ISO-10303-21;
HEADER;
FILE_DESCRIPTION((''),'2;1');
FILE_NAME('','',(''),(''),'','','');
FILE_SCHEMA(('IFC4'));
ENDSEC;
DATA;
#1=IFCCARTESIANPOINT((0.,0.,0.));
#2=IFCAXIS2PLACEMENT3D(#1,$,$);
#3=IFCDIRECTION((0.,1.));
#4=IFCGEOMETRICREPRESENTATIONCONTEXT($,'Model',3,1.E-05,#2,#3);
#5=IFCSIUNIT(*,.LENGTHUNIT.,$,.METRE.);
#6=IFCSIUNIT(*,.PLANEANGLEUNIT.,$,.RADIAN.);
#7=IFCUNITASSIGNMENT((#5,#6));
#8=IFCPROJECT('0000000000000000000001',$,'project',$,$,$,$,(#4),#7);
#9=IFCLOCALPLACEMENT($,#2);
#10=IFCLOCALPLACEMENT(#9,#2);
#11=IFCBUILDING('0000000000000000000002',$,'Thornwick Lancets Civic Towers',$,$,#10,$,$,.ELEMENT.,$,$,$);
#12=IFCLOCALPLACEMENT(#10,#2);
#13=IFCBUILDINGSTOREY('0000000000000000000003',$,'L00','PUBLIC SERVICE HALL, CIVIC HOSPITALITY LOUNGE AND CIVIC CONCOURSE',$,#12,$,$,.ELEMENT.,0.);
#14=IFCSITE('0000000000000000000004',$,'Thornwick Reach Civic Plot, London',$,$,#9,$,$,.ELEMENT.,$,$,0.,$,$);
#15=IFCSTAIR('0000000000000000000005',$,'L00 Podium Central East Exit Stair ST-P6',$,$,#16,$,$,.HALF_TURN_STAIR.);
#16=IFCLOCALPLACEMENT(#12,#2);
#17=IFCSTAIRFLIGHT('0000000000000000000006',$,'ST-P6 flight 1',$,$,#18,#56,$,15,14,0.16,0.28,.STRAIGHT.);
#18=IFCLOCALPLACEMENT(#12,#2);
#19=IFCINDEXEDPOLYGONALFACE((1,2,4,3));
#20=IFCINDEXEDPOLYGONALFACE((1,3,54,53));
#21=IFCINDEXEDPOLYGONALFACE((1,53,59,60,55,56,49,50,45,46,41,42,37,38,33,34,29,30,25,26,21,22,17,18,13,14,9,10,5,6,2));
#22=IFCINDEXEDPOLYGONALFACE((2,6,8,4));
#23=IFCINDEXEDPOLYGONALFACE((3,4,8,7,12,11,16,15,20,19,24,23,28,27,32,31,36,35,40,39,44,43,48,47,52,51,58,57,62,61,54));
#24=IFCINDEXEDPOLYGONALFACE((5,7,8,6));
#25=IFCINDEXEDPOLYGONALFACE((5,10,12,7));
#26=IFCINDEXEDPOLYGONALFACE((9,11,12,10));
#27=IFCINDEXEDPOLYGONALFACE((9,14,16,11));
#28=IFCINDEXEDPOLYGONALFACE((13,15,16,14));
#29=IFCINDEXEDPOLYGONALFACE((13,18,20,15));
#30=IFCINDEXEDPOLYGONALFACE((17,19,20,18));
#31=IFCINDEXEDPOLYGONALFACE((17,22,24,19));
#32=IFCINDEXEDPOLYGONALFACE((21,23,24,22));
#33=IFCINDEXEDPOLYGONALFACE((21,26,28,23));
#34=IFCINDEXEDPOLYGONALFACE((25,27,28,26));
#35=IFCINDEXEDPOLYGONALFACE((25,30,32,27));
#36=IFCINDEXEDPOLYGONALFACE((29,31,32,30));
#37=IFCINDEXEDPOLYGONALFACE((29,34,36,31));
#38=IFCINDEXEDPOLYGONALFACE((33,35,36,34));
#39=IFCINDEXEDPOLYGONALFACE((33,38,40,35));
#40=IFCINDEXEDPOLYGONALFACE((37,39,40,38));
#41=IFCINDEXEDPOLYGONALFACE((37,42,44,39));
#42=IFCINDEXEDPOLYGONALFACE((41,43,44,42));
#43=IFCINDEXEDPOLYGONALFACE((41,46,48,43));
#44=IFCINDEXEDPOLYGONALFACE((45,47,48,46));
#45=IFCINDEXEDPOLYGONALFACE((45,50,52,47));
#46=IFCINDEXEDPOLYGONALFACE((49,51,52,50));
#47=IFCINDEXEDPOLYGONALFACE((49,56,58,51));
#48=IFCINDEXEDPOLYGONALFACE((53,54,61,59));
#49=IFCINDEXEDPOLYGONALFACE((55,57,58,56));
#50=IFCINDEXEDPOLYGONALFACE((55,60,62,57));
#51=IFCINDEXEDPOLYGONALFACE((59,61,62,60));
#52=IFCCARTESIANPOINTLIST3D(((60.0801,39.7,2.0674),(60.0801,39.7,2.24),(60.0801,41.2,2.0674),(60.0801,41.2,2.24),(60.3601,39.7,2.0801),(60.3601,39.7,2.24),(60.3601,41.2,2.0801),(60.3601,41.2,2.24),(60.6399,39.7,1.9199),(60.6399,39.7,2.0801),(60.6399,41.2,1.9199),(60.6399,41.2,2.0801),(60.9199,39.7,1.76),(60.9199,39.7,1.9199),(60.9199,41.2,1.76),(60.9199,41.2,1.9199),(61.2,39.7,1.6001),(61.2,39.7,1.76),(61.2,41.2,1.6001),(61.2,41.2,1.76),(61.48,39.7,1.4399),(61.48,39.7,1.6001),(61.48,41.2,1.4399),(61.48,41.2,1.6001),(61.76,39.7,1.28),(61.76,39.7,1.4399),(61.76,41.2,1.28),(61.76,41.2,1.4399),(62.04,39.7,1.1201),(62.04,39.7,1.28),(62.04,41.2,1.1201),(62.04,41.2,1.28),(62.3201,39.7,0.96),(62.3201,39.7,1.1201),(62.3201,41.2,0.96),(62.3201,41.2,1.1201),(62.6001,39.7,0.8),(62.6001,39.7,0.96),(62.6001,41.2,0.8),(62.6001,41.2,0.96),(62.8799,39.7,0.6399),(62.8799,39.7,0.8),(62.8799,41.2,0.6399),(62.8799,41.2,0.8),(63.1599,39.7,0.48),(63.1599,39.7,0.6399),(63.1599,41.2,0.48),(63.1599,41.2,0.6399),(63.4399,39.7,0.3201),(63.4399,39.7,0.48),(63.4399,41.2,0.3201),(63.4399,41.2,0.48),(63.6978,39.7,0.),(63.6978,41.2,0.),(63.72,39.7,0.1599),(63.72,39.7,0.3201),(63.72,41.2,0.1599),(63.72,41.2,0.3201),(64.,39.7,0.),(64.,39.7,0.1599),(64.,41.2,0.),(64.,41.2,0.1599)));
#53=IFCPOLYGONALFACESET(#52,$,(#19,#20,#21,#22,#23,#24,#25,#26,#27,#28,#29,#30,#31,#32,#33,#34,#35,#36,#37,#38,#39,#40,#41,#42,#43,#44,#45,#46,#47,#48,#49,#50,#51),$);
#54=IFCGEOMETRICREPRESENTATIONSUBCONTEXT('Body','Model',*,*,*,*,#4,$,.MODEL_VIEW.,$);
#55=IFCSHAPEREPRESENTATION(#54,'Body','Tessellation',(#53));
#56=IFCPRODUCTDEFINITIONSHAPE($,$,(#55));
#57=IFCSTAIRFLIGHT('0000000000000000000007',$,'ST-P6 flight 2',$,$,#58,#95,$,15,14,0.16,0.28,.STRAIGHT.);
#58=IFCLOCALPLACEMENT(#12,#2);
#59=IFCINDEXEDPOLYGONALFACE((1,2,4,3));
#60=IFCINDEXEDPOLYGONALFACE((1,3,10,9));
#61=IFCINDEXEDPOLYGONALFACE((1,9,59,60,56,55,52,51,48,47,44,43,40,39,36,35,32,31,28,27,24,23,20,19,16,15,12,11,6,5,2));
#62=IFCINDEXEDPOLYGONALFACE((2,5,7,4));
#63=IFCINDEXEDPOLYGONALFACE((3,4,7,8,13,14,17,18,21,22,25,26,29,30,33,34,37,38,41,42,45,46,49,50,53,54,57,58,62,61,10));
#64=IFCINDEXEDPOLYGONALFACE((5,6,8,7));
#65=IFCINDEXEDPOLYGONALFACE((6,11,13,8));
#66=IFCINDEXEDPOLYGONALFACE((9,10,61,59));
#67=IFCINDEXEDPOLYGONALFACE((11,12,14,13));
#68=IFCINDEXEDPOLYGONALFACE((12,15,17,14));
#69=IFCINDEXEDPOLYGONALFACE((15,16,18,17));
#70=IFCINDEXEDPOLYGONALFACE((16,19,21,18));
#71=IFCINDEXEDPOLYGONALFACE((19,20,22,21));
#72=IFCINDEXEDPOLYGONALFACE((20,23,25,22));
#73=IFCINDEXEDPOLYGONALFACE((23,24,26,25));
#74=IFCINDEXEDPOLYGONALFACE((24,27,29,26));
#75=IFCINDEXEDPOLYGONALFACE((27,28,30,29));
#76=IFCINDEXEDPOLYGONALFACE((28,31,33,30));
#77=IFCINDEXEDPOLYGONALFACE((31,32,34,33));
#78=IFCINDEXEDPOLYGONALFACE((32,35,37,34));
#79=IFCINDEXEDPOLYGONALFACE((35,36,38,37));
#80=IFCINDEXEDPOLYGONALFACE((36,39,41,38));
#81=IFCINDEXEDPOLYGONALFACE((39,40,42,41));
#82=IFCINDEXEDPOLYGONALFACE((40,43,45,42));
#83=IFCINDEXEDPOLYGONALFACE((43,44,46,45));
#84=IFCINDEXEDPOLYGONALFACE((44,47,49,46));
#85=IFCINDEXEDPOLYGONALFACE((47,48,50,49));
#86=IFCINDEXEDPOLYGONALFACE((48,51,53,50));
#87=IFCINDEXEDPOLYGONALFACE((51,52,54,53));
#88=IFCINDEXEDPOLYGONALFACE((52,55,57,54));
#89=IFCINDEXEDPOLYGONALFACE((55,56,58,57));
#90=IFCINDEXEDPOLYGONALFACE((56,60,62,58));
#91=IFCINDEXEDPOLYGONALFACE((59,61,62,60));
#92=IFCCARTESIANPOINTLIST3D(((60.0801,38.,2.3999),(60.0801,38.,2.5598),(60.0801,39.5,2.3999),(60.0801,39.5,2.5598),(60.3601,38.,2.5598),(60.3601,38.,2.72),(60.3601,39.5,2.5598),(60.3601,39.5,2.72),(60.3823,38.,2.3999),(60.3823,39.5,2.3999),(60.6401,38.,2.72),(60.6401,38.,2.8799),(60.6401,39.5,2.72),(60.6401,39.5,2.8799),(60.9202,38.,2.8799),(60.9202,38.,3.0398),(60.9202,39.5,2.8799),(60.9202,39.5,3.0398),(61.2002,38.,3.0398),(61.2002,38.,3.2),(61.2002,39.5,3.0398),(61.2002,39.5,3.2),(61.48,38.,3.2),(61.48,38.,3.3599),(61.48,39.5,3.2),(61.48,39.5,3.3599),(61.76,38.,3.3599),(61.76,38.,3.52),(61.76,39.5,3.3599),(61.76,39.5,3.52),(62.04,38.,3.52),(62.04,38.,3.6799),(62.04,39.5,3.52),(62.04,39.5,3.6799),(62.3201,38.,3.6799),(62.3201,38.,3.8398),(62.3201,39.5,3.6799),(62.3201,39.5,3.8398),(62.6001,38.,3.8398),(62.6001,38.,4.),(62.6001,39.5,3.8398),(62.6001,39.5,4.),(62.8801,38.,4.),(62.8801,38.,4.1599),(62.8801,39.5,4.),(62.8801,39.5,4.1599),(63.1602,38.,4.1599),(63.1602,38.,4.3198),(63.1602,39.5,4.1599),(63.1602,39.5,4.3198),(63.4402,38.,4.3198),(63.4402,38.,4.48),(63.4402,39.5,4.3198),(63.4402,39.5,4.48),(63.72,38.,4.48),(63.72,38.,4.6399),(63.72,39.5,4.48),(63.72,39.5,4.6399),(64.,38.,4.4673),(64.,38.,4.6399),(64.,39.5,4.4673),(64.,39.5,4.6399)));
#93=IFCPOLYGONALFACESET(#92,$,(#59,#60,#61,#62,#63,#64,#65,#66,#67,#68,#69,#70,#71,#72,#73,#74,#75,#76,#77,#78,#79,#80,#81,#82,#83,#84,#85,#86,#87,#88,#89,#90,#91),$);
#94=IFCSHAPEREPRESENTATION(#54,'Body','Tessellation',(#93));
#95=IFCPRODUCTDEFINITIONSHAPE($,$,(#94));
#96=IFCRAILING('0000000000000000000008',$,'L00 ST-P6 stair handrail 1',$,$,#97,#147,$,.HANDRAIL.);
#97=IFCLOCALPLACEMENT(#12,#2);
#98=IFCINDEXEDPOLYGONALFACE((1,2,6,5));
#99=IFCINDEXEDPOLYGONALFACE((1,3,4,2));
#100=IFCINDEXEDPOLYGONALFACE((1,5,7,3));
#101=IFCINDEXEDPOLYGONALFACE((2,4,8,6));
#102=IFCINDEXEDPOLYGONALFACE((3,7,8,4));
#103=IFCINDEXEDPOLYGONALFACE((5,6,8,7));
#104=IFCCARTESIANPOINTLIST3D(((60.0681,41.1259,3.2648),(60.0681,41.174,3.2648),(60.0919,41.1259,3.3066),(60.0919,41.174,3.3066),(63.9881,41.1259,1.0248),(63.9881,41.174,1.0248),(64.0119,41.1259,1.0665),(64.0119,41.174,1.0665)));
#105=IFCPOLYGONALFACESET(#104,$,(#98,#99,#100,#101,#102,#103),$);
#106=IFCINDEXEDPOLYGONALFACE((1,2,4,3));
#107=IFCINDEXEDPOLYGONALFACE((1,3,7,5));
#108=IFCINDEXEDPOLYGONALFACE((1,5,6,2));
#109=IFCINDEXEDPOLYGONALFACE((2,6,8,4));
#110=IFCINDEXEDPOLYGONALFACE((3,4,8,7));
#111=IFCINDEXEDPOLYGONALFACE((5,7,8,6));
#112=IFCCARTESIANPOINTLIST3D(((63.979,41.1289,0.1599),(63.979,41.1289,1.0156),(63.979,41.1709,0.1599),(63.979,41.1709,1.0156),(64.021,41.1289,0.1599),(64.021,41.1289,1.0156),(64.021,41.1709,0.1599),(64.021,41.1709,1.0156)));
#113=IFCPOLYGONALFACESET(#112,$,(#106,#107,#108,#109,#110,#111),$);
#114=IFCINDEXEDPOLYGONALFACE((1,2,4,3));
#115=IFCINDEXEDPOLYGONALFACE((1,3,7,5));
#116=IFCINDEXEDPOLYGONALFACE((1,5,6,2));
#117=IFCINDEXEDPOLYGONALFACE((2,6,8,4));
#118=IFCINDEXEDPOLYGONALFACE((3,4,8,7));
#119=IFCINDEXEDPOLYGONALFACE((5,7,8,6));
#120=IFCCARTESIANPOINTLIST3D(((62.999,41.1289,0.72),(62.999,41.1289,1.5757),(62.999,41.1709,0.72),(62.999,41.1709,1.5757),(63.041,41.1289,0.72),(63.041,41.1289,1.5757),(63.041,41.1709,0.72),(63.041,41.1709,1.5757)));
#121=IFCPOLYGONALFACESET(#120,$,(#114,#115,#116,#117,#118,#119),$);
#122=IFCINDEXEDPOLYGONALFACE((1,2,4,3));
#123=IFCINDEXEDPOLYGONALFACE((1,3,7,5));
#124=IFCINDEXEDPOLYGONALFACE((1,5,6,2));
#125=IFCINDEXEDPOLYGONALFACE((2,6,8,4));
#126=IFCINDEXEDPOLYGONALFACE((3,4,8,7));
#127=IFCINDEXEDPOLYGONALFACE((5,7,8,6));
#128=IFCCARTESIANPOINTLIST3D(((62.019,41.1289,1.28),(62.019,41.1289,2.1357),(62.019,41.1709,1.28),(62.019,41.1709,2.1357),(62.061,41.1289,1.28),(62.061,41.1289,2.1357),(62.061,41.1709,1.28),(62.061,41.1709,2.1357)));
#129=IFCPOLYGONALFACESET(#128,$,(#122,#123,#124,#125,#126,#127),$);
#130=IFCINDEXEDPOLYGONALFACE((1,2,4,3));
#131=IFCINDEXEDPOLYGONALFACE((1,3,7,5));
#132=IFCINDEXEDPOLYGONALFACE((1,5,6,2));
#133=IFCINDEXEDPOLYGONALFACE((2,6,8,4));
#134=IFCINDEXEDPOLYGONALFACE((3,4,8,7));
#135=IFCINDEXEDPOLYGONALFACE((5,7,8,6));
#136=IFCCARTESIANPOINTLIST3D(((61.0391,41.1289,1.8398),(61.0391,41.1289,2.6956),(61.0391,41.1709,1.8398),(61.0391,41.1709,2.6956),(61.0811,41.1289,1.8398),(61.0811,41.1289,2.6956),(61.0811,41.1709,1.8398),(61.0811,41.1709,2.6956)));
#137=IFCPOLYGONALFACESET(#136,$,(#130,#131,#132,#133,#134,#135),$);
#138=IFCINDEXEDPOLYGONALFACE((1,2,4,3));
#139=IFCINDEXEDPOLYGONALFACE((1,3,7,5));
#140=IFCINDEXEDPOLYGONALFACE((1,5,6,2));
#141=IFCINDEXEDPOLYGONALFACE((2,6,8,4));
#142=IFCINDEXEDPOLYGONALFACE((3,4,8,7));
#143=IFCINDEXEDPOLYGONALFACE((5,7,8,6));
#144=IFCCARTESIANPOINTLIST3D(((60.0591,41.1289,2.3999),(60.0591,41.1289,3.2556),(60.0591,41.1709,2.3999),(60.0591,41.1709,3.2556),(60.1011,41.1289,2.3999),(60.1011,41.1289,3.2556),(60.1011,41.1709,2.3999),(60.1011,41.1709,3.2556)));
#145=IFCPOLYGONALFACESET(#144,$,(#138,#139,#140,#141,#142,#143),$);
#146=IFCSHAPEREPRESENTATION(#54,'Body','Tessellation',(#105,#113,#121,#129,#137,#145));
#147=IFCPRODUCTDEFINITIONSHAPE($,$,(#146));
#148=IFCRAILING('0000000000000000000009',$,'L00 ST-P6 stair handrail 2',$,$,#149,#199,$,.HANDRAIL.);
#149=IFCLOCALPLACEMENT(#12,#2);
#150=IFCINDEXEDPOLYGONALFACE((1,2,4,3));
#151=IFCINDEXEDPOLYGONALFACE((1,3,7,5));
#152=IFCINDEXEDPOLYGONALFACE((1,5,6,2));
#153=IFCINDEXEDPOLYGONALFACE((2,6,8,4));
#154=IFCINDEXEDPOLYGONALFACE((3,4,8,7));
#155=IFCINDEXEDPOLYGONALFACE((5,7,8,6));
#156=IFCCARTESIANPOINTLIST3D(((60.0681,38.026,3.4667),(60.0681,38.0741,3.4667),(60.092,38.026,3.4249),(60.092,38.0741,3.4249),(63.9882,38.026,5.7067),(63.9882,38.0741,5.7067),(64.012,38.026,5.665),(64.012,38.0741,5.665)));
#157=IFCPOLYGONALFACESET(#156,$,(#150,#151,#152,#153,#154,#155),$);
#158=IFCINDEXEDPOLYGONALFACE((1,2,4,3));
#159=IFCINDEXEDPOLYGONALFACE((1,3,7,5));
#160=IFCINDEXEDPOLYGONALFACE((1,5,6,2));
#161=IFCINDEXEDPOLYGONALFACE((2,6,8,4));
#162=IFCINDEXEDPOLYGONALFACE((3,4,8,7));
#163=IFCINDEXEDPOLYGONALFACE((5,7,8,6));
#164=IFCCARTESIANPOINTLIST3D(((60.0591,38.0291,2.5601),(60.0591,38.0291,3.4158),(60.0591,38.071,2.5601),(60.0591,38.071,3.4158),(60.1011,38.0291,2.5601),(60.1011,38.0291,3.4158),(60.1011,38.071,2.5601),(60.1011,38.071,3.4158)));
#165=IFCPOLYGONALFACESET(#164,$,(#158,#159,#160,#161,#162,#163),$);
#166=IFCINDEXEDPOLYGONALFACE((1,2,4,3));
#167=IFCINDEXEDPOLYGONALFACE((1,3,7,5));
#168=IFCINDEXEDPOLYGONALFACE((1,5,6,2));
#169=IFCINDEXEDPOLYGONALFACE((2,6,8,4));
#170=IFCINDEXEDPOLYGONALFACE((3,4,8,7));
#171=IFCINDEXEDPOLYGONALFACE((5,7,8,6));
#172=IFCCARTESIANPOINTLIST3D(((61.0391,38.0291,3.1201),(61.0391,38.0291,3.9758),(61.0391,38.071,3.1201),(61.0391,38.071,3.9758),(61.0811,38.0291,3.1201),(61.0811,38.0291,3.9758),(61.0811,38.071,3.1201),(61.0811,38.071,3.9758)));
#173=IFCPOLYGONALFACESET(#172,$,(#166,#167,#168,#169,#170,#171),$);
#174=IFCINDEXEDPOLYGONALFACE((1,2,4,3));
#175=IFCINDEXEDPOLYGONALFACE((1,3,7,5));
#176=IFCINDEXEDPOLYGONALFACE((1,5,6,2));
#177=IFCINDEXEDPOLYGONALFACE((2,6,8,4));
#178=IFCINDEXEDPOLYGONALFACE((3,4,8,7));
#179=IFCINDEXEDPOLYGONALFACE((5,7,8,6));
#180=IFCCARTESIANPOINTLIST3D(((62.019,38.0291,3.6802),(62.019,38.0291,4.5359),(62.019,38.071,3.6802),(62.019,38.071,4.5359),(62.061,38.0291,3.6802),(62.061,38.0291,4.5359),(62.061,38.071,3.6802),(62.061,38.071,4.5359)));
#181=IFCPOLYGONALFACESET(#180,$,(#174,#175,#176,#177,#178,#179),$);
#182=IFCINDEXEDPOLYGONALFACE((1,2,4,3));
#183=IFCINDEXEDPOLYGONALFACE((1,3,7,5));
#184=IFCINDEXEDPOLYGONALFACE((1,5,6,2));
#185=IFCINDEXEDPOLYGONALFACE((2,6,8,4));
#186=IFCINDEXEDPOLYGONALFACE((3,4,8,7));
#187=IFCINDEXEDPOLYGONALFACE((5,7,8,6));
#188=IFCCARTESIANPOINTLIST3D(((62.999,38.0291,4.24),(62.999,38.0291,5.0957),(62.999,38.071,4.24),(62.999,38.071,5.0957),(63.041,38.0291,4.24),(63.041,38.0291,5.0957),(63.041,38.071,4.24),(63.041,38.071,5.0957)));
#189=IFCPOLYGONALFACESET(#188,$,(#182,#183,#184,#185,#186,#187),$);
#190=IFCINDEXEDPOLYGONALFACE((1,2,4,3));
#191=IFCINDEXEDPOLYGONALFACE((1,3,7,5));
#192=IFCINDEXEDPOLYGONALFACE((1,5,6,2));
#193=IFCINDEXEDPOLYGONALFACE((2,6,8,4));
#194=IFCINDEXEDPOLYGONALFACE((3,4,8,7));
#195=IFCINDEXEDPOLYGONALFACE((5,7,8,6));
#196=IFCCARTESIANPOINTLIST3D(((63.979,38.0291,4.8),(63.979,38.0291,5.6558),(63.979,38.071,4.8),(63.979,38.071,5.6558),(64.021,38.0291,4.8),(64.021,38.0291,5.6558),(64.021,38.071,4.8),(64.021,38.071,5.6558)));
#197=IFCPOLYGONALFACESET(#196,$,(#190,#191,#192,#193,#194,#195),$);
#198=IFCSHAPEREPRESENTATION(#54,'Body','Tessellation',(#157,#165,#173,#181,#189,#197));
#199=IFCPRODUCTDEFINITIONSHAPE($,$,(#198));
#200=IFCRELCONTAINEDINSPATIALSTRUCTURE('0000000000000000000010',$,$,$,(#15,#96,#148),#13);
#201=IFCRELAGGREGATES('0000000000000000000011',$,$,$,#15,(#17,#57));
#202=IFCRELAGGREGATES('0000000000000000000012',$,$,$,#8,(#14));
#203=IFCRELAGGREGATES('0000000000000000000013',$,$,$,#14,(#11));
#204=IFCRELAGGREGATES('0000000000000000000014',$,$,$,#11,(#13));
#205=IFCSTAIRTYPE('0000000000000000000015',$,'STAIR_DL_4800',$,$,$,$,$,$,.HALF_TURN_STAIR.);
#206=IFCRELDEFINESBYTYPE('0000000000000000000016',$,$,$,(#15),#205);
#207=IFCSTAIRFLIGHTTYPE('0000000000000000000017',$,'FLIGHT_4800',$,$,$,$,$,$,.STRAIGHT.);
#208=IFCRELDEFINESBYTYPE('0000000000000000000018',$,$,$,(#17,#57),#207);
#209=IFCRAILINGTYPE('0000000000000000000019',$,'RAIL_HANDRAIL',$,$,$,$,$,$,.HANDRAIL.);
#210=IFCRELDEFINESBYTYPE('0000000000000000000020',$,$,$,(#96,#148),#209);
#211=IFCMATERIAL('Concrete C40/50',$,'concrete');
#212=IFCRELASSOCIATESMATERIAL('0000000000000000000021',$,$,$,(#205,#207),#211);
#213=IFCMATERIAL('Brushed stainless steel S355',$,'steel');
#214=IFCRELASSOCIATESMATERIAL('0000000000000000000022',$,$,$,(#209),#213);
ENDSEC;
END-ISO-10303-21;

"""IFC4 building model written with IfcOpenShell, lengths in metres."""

from ifc_helpers import new_model, si_unit, direction, frame, origin, origin_2d, place, context, subcontext, project, spatial, polyline, rectangle, outline, extrude, material, type_object, element, aggregate, save


model = new_model("IFC4")

# Units and contexts
model_context = context("Model", 3, precision=1e-05, world=origin(), true_north=direction((0.0, 1.0)))
body_context = subcontext(model_context, "Body", "Model", "MODEL_VIEW")
ifc_project = project(units=[si_unit("LENGTHUNIT", "METRE"), si_unit("PLANEANGLEUNIT", "RADIAN")], contexts=[model_context])

# Site, building, storey
site_placement = place(None, origin())
site = spatial("IfcSite", under=ifc_project, at=site_placement, Name="Thornwick Reach Civic Plot, London", CompositionType="ELEMENT", RefElevation=0.0)
building_placement = place(site_placement, origin())
building = spatial("IfcBuilding", under=site, at=building_placement, Name="Thornwick Lancets Civic Towers", CompositionType="ELEMENT")
storey_placement = place(building_placement, origin())
storey = spatial("IfcBuildingStorey", under=building, at=storey_placement, Name="L00", Description="PUBLIC SERVICE HALL, CIVIC HOSPITALITY LOUNGE AND CIVIC CONCOURSE", CompositionType="ELEMENT", Elevation=0.0)

# Shared definitions
ifc_material_1 = material(Name="Concrete C40/50", Category="concrete")

# Stair, stair flights
stair_type = type_object("IfcStairType", Name="STAIR_DL_4800", PredefinedType="HALF_TURN_STAIR", material=ifc_material_1)
stair_placement = place(storey_placement, origin())
stair = element("IfcStair", 1, at=stair_placement, inside=storey, type_object=stair_type, Name="L00 Podium Central East Exit Stair ST-P6", PredefinedType="HALF_TURN_STAIR")
stair_flight_type = type_object("IfcStairFlightType", Name="FLIGHT_4800", PredefinedType="STRAIGHT", material=ifc_material_1)
stair_flight_1_placement = place(storey_placement, frame((64.0, 40.45, 0.0), z_axis=(0.0, 0.0, 1.0), x_axis=(-1.0, 0.0, 0.0)))
stair_flight_1 = element("IfcStairFlight", 2, at=stair_flight_1_placement, type_object=stair_flight_type, Name="ST-P6 flight 1", NumberOfRisers=15, NumberOfTreads=14, PredefinedType="STRAIGHT", RiserHeight=0.16, TreadLength=0.28, context=body_context, shape_type="SweptSolid", body=[
    extrude(outline(polyline([(0.0, 0.0), (0.0, 0.1599), (0.28, 0.1599), (0.28, 0.3201), (0.5601, 0.3201), (0.5601, 0.48), (0.8401, 0.48), (0.8401, 0.6399), (1.1201, 0.6399), (1.1201, 0.8), (1.3999, 0.8), (1.3999, 0.96), (1.6799, 0.96), (1.6799, 1.1201), (1.96, 1.1201), (1.96, 1.28), (2.24, 1.28), (2.24, 1.4399), (2.52, 1.4399), (2.52, 1.6001), (2.8, 1.6001), (2.8, 1.76), (3.0801, 1.76), (3.0801, 1.9199), (3.3601, 1.9199), (3.3601, 2.0801), (3.6399, 2.0801), (3.6399, 2.24), (3.9199, 2.24), (3.9199, 2.3999), (3.9199, 2.0674), (0.3022, 0.0), (0.0, 0.0)])), frame((0.0, 0.75, 0.0), z_axis=(0.0, -1.0, 0.0), x_axis=(1.0, 0.0, 0.0)), (0.0, 0.0, 1.0), 1.5),
])
stair_flight_2_placement = place(storey_placement, frame((60.0801, 38.75, 2.3999), z_axis=(0.0, 0.0, 1.0), x_axis=(1.0, 0.0, 0.0)))
stair_flight_2 = element("IfcStairFlight", 3, at=stair_flight_2_placement, type_object=stair_flight_type, Name="ST-P6 flight 2", NumberOfRisers=15, NumberOfTreads=14, PredefinedType="STRAIGHT", RiserHeight=0.16, TreadLength=0.28, context=body_context, shape_type="SweptSolid", body=[
    extrude(outline(polyline([(0.0, 0.0), (0.0, 0.1599), (0.28, 0.1599), (0.28, 0.3201), (0.5601, 0.3201), (0.5601, 0.48), (0.8401, 0.48), (0.8401, 0.6399), (1.1201, 0.6399), (1.1201, 0.8), (1.3999, 0.8), (1.3999, 0.96), (1.6799, 0.96), (1.6799, 1.1201), (1.96, 1.1201), (1.96, 1.28), (2.24, 1.28), (2.24, 1.4399), (2.52, 1.4399), (2.52, 1.6001), (2.8, 1.6001), (2.8, 1.76), (3.0801, 1.76), (3.0801, 1.9199), (3.3601, 1.9199), (3.3601, 2.0801), (3.6399, 2.0801), (3.6399, 2.24), (3.9199, 2.24), (3.9199, 2.3999), (3.9199, 2.0674), (0.3022, 0.0), (0.0, 0.0)])), frame((0.0, 0.75, 0.0), z_axis=(0.0, -1.0, 0.0), x_axis=(1.0, 0.0, 0.0)), (0.0, 0.0, 1.0), 1.5),
])
aggregate(stair, [stair_flight_1, stair_flight_2])

# Railings
ifc_material_2 = material(Name="Brushed stainless steel S355", Category="steel")
railing_type_1 = type_object("IfcRailingType", Name="RAIL_HANDRAIL", PredefinedType="HANDRAIL", material=ifc_material_2)
railing_1_placement = place(storey_placement, frame((64.0, 41.1499, 0.1599)))
element("IfcRailing", 4, at=railing_1_placement, inside=storey, type_object=railing_type_1, Name="L00 ST-P6 stair handrail 1", PredefinedType="HANDRAIL", context=body_context, shape_type="SweptSolid", body=[
    extrude(rectangle(XDim=0.0481, YDim=0.0481, at=origin_2d()), frame((0.0, 0.0, 0.8857), z_axis=(-0.86824, 0.0, 0.496145), x_axis=(0.0, -1.0, 0.0)), (0.0, 0.0, 1.0), 4.5149),
    extrude(rectangle(XDim=0.042, YDim=0.042, at=origin_2d()), origin(), (0.0, 0.0, 1.0), 0.8557),
    extrude(rectangle(XDim=0.042, YDim=0.042, at=origin_2d()), frame((-0.98, 0.0, 0.5601)), (0.0, 0.0, 1.0), 0.8557),
    extrude(rectangle(XDim=0.042, YDim=0.042, at=origin_2d()), frame((-1.96, 0.0, 1.1201)), (0.0, 0.0, 1.0), 0.8557),
    extrude(rectangle(XDim=0.042, YDim=0.042, at=origin_2d()), frame((-2.9399, 0.0, 1.6799)), (0.0, 0.0, 1.0), 0.8557),
    extrude(rectangle(XDim=0.042, YDim=0.042, at=origin_2d()), frame((-3.9199, 0.0, 2.24)), (0.0, 0.0, 1.0), 0.8557),
])
railing_2_placement = place(storey_placement, frame((60.0801, 38.05, 2.5601)))
element("IfcRailing", 5, at=railing_2_placement, inside=storey, type_object=railing_type_1, Name="L00 ST-P6 stair handrail 2", PredefinedType="HANDRAIL", context=body_context, shape_type="SweptSolid", body=[
    extrude(rectangle(XDim=0.0481, YDim=0.0481, at=origin_2d()), frame((0.0, 0.0, 0.8857), z_axis=(0.86824, 0.0, 0.496145), x_axis=(0.0, 1.0, 0.0)), (0.0, 0.0, 1.0), 4.5149),
    extrude(rectangle(XDim=0.042, YDim=0.042, at=origin_2d()), origin(), (0.0, 0.0, 1.0), 0.8557),
    extrude(rectangle(XDim=0.042, YDim=0.042, at=origin_2d()), frame((0.98, 0.0, 0.5601)), (0.0, 0.0, 1.0), 0.8557),
    extrude(rectangle(XDim=0.042, YDim=0.042, at=origin_2d()), frame((1.96, 0.0, 1.1201)), (0.0, 0.0, 1.0), 0.8557),
    extrude(rectangle(XDim=0.042, YDim=0.042, at=origin_2d()), frame((2.9399, 0.0, 1.6799)), (0.0, 0.0, 1.0), 0.8557),
    extrude(rectangle(XDim=0.042, YDim=0.042, at=origin_2d()), frame((3.9199, 0.0, 2.24)), (0.0, 0.0, 1.0), 0.8557),
])

save(model, "model.ifc")
